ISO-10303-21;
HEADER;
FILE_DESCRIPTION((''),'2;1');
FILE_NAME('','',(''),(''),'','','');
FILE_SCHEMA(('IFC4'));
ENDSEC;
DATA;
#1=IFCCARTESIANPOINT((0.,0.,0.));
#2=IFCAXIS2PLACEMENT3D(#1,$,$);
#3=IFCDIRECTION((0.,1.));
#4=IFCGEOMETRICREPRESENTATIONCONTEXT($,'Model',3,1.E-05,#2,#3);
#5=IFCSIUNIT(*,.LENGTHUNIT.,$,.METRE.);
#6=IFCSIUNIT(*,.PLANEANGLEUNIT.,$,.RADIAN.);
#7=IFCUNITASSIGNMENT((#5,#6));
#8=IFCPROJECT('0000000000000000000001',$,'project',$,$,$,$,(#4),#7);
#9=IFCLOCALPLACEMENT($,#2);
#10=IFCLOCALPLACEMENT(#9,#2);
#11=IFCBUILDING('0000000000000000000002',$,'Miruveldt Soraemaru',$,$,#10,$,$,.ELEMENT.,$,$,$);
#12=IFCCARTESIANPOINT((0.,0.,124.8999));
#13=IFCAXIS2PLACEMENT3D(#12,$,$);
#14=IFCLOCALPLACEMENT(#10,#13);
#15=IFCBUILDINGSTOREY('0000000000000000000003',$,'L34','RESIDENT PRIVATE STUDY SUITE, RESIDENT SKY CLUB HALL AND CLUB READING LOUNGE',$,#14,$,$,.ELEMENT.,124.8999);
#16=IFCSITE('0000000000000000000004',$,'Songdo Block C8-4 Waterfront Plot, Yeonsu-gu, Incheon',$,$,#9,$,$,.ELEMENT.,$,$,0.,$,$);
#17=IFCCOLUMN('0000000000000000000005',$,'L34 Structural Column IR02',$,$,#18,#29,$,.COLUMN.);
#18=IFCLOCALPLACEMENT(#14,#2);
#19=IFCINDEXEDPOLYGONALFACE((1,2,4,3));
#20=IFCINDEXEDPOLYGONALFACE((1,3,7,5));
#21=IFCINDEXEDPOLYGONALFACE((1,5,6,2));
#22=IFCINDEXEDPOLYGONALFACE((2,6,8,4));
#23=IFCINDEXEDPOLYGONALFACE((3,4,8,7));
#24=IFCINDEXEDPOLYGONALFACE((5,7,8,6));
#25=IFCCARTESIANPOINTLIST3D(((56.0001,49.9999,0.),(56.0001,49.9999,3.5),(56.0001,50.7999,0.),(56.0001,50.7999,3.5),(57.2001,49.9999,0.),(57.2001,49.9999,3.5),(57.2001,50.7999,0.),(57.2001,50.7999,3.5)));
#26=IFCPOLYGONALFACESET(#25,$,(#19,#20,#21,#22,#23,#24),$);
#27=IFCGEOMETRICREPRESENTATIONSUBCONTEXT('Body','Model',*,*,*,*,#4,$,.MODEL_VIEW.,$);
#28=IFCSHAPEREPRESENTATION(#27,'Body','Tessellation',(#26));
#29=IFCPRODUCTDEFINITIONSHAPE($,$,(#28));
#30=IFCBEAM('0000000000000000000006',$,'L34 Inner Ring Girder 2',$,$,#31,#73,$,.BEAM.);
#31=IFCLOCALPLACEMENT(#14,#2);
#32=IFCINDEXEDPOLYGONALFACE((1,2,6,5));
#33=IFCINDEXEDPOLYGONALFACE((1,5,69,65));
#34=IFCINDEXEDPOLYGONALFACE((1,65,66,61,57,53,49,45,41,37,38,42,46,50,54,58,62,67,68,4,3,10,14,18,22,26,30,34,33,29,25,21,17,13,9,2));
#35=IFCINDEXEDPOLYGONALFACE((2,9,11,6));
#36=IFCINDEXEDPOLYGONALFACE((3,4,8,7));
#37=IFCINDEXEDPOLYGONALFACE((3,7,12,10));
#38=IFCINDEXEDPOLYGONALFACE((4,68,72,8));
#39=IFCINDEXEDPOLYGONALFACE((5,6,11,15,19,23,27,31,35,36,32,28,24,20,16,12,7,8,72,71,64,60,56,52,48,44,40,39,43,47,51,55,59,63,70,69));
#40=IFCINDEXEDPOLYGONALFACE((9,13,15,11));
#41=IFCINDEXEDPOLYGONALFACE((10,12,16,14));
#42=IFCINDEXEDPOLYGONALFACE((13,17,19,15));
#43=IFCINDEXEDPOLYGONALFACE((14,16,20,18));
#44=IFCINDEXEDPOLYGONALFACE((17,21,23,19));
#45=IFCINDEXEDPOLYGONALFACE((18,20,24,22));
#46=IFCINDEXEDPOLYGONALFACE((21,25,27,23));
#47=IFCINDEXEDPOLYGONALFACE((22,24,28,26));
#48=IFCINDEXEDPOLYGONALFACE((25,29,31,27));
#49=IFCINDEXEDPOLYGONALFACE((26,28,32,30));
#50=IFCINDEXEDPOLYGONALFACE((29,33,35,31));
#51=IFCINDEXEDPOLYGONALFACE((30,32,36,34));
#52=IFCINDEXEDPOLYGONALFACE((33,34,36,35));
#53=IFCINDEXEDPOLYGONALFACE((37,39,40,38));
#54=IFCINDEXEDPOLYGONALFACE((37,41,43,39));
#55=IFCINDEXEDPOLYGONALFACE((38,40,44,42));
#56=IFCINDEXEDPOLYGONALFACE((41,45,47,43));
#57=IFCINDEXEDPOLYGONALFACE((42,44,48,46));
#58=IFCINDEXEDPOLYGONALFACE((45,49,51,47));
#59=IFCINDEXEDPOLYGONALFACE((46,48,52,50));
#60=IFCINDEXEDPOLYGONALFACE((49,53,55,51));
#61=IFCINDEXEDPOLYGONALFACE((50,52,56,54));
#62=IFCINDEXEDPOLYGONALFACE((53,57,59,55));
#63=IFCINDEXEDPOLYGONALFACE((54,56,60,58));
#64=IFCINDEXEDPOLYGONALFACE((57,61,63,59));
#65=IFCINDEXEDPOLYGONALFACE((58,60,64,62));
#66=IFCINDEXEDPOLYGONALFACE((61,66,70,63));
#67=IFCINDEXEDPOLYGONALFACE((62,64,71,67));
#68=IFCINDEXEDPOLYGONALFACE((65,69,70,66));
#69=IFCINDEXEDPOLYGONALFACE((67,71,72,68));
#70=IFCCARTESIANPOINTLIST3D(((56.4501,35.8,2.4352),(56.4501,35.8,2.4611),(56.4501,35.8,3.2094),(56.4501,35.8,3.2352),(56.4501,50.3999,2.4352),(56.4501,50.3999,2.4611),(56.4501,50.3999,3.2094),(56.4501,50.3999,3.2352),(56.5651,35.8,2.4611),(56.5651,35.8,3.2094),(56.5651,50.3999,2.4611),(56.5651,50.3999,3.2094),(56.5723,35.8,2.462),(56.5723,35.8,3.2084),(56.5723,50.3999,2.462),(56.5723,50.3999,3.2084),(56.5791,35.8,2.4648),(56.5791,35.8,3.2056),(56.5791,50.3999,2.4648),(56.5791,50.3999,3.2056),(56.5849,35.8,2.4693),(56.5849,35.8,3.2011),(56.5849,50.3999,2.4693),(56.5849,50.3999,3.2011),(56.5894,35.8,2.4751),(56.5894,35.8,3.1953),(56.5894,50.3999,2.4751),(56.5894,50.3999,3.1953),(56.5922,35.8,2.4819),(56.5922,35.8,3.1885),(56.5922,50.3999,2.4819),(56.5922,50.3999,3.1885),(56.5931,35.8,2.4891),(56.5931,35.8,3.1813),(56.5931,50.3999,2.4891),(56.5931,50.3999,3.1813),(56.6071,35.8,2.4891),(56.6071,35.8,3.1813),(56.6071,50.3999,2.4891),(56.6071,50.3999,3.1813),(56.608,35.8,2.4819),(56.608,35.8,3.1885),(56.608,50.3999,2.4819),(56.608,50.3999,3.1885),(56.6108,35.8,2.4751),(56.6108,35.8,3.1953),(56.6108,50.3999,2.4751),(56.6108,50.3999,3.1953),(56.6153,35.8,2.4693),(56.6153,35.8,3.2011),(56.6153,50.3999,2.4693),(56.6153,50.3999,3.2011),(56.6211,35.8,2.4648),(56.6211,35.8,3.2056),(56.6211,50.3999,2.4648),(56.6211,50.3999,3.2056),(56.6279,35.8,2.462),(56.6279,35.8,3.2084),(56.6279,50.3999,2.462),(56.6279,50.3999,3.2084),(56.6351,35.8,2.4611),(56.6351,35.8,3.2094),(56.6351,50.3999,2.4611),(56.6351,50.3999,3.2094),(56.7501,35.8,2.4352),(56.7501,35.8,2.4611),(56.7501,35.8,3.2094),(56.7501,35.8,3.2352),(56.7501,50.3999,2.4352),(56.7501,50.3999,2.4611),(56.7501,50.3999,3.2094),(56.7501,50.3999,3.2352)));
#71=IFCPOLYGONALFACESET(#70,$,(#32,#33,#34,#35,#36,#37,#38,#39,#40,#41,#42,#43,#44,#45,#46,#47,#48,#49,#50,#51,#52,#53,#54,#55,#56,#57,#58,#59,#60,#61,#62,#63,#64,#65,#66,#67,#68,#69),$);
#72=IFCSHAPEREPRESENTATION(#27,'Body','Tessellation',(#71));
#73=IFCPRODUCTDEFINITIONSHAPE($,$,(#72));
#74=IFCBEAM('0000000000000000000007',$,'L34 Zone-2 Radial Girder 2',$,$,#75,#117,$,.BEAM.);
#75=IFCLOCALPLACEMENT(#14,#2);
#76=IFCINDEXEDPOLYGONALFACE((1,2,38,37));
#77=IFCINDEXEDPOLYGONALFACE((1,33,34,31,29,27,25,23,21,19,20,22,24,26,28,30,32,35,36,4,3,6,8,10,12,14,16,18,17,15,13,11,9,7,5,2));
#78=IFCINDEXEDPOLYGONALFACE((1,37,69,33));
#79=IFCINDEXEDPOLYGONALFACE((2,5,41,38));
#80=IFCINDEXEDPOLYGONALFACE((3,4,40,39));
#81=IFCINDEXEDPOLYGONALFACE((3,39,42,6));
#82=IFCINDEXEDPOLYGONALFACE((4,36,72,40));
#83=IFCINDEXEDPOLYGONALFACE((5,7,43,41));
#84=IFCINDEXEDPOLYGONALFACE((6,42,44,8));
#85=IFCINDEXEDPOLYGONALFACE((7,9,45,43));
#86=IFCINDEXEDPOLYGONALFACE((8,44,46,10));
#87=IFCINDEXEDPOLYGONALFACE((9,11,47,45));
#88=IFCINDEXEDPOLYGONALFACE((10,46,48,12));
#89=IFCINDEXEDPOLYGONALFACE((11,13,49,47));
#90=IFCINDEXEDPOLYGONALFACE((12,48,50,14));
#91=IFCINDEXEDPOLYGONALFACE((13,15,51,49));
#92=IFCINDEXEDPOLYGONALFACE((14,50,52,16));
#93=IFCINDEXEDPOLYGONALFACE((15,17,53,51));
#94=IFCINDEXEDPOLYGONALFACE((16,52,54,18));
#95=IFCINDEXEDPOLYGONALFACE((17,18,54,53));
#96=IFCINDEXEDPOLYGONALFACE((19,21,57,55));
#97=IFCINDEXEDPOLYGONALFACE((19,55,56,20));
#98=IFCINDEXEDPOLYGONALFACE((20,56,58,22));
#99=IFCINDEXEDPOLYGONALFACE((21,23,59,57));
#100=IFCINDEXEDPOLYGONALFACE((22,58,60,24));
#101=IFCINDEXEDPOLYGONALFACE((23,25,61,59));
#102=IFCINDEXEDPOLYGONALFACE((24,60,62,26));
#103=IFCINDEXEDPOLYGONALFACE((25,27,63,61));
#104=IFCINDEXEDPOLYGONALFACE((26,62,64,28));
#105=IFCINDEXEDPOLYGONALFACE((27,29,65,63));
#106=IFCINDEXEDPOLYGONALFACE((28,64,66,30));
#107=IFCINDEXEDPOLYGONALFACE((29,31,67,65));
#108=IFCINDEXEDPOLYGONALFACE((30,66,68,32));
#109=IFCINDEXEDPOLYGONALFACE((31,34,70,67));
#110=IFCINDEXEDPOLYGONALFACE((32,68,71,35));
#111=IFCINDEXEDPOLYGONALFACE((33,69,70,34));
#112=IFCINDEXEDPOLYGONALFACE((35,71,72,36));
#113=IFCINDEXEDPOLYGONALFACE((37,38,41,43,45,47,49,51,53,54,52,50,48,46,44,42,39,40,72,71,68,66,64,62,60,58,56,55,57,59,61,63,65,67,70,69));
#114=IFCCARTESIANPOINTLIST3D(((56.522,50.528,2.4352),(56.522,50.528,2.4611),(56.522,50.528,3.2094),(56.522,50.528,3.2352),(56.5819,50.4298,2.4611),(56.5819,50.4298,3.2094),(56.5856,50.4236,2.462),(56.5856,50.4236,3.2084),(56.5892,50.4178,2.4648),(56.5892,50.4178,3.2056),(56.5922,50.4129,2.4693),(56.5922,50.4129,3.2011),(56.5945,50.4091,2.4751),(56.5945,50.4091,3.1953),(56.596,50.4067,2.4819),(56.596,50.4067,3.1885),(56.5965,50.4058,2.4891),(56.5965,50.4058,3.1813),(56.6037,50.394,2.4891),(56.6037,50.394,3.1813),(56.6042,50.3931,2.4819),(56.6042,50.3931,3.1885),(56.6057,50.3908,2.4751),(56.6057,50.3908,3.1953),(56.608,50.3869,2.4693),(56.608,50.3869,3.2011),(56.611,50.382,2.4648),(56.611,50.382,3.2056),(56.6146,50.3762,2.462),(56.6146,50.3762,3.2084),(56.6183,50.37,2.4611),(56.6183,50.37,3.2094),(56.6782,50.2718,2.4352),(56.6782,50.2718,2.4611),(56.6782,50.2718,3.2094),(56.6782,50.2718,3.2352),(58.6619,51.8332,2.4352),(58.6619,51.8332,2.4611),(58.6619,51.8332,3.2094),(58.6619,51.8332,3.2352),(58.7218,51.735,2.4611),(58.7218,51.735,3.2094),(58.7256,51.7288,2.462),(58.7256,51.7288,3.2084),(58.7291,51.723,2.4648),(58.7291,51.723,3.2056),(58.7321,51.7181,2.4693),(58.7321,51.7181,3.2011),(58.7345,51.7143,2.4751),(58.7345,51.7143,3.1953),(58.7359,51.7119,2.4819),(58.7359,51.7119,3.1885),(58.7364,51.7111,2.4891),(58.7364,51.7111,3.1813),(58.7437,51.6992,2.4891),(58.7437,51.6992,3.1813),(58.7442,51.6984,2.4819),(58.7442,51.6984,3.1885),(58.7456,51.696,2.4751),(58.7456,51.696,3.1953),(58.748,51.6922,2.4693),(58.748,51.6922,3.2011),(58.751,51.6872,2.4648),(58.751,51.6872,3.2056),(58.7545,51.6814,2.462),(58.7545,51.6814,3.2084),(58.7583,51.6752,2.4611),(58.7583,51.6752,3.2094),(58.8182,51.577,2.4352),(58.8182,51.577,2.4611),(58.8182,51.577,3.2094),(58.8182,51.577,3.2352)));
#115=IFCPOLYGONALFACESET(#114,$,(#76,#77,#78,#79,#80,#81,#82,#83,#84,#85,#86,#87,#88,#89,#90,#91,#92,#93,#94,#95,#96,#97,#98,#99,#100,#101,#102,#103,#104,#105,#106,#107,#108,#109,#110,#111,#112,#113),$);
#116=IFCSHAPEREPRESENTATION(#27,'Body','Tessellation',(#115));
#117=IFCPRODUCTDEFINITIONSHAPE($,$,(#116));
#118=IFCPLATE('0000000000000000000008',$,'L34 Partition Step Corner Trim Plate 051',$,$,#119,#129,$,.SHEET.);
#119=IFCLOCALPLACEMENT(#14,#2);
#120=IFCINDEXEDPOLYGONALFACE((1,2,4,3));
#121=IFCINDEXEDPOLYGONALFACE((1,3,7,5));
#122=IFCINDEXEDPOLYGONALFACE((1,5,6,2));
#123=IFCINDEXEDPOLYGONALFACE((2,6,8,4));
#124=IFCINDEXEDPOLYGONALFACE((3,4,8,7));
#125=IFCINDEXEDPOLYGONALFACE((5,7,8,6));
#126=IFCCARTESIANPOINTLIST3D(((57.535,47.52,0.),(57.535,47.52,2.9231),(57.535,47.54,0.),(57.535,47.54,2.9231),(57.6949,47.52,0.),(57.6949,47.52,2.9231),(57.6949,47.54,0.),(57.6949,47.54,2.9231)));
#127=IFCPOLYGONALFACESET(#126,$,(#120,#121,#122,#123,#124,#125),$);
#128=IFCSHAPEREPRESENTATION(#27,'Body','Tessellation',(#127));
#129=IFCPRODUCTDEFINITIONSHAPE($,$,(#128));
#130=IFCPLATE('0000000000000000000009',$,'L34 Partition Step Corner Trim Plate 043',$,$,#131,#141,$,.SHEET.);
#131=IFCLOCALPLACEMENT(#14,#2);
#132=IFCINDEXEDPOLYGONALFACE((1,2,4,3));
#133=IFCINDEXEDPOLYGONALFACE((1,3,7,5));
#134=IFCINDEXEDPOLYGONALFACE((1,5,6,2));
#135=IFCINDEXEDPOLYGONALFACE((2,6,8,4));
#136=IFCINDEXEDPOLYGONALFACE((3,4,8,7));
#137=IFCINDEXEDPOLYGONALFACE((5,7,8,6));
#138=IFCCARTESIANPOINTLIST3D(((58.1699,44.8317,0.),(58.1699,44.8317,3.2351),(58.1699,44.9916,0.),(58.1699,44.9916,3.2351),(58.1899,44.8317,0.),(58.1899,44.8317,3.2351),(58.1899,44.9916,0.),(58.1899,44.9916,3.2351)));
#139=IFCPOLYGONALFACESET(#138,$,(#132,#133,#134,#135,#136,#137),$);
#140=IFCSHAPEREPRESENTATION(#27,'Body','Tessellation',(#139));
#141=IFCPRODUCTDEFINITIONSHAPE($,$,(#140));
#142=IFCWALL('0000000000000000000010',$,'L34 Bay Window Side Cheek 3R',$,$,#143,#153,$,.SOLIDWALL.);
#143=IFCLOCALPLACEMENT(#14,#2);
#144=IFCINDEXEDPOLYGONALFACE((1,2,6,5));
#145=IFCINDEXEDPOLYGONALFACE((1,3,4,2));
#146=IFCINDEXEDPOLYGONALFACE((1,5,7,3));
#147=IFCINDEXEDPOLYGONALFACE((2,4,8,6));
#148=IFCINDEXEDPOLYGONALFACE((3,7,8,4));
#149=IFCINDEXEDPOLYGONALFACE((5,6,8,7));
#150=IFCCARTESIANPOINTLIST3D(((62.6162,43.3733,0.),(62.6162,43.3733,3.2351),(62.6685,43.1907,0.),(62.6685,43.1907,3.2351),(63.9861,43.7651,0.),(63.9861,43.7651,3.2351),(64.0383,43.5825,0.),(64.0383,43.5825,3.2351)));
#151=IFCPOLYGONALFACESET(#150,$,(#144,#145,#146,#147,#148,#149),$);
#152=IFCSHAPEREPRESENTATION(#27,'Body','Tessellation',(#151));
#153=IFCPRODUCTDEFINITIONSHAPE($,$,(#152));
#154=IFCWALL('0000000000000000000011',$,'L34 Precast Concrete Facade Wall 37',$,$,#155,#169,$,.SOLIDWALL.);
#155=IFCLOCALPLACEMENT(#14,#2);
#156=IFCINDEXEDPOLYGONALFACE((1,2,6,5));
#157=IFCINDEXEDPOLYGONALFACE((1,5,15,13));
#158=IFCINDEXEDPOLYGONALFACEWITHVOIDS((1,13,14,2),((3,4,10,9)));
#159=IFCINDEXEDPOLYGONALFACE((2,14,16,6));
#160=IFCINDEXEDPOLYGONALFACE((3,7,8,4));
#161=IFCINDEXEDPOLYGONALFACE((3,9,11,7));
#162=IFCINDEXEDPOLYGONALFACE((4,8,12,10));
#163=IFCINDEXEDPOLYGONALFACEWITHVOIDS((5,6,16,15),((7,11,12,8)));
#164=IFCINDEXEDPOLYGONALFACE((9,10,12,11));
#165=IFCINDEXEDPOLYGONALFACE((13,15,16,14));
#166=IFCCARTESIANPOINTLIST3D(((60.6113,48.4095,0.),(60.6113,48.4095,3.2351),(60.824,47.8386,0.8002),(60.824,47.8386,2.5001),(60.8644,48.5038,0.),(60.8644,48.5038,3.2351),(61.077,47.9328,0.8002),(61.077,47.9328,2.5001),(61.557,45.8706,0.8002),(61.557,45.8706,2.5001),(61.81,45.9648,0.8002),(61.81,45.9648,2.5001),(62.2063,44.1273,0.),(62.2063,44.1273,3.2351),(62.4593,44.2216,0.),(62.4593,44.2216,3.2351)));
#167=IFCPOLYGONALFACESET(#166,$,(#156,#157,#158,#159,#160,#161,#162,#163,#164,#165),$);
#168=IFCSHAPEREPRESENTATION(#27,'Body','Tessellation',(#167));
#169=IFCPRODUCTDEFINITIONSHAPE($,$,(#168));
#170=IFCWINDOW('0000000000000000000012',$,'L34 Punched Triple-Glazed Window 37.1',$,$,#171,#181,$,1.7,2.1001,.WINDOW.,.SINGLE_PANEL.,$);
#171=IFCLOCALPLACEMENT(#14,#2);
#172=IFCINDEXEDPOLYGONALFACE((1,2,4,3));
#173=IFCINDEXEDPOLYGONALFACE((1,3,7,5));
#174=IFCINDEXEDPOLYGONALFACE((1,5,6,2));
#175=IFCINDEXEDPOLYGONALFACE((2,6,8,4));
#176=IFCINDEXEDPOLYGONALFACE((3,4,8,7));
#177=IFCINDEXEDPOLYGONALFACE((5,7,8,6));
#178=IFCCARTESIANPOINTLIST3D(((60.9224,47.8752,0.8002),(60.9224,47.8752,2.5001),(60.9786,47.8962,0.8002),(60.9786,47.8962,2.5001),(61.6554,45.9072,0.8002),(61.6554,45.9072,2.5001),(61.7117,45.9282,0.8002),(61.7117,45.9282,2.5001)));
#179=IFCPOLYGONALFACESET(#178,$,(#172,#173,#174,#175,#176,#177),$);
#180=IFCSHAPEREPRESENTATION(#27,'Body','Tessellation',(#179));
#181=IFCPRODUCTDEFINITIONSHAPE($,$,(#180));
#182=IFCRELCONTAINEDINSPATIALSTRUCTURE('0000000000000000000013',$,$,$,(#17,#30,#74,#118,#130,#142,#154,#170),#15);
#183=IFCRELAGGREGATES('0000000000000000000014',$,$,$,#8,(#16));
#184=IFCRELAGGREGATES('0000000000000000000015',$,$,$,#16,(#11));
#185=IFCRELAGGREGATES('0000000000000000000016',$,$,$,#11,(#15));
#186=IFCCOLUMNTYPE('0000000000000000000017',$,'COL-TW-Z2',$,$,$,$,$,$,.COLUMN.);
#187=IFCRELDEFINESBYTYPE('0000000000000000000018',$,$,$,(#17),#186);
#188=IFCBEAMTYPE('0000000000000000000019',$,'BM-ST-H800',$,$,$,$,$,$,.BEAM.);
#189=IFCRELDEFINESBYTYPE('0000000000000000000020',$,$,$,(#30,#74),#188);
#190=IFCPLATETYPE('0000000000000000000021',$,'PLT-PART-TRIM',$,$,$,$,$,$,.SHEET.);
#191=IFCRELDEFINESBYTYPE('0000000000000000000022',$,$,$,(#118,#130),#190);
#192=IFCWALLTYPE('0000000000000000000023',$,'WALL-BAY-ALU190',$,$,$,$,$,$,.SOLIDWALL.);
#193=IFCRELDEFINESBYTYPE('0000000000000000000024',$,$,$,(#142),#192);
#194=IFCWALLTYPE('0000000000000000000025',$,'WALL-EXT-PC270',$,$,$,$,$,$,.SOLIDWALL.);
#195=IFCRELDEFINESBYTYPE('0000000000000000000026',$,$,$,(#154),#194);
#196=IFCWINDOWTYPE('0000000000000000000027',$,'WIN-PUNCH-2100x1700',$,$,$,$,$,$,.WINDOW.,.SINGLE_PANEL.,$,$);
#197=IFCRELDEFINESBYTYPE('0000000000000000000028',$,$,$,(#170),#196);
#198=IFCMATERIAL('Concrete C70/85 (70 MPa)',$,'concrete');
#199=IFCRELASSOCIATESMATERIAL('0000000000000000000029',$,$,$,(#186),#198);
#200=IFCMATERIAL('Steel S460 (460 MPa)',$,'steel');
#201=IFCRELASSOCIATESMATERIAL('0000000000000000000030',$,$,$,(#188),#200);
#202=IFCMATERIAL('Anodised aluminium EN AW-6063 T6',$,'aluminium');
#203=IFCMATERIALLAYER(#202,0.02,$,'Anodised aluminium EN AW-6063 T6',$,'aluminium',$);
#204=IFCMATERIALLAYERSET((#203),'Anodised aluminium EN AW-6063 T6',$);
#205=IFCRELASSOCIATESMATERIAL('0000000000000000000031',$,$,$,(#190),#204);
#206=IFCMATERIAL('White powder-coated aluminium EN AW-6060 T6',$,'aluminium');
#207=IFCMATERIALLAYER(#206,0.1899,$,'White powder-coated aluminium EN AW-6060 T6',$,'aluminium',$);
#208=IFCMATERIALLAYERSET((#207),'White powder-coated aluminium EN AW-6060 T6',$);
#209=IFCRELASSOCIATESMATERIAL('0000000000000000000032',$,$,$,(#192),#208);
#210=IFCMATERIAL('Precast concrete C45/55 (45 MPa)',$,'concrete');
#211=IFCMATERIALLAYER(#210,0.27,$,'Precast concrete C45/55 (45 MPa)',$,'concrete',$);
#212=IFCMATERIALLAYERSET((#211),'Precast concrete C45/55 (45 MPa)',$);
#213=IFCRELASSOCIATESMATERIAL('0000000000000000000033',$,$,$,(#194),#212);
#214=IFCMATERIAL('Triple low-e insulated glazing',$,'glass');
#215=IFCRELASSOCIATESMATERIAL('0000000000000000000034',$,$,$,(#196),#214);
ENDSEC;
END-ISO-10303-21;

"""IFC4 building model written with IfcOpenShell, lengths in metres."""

from ifc_helpers import new_model, si_unit, direction, frame, frame_2d, origin, origin_2d, place, context, subcontext, project, spatial, rectangle, i_section, extrude, material, layer, layer_set, material_profile, profile_set, type_object, element, fill, save


model = new_model("IFC4")

# Units and contexts
model_context = context("Model", 3, precision=1e-05, world=origin(), true_north=direction((0.0, 1.0)))
body_context = subcontext(model_context, "Body", "Model", "MODEL_VIEW")
ifc_project = project(units=[si_unit("LENGTHUNIT", "METRE"), si_unit("PLANEANGLEUNIT", "RADIAN")], contexts=[model_context])

# Site, building, storey
site_placement = place(None, origin())
site = spatial("IfcSite", under=ifc_project, at=site_placement, Name="Songdo Block C8-4 Waterfront Plot, Yeonsu-gu, Incheon", CompositionType="ELEMENT", RefElevation=0.0)
building_placement = place(site_placement, origin())
building = spatial("IfcBuilding", under=site, at=building_placement, Name="Miruveldt Soraemaru", CompositionType="ELEMENT")
storey_placement = place(building_placement, frame((0.0, 0.0, 124.8999)))
storey = spatial("IfcBuildingStorey", under=building, at=storey_placement, Name="L34", Description="RESIDENT PRIVATE STUDY SUITE, RESIDENT SKY CLUB HALL AND CLUB READING LOUNGE", CompositionType="ELEMENT", Elevation=124.8999)

# Column
ifc_material_1 = material(Name="Concrete C70/85 (70 MPa)", Category="concrete")
ifc_material_profile_1 = material_profile(ifc_material_1, rectangle(XDim=1.2, YDim=0.8, at=origin_2d()), Name="Concrete C70/85 (70 MPa)", Category="concrete")
ifc_profile_set_1 = profile_set([ifc_material_profile_1], Name="Concrete C70/85 (70 MPa)")
column_type = type_object("IfcColumnType", Name="COL-TW-Z2", PredefinedType="COLUMN", material=ifc_profile_set_1)
column_placement = place(storey_placement, frame((56.6001, 50.3999, 0.0), z_axis=(0.0, 0.0, 1.0), x_axis=(1.0, 0.0, 0.0)))
element("IfcColumn", 1, at=column_placement, inside=storey, type_object=column_type, Name="L34 Structural Column IR02", PredefinedType="COLUMN", context=body_context, shape_type="SweptSolid", body=[
    extrude(rectangle(XDim=1.2, YDim=0.8, at=origin_2d()), origin(), (0.0, 0.0, 1.0), 3.5),
])

# Beams
ifc_material_2 = material(Name="Steel S460 (460 MPa)", Category="steel")
ifc_material_profile_2 = material_profile(ifc_material_2, i_section(OverallWidth=0.3, OverallDepth=0.8, WebThickness=0.0139, FlangeThickness=0.0259, FilletRadius=0.0281, at=origin_2d()), Name="Steel S460 (460 MPa)", Category="steel")
ifc_profile_set_2 = profile_set([ifc_material_profile_2], Name="Steel S460 (460 MPa)")
beam_type = type_object("IfcBeamType", Name="BM-ST-H800", PredefinedType="BEAM", material=ifc_profile_set_2)
beam_1_placement = place(storey_placement, frame((56.6001, 50.3999, 2.8352), z_axis=(0.0, -1.0, 0.0), x_axis=(1.0, 0.0, 0.0)))
element("IfcBeam", 2, at=beam_1_placement, inside=storey, type_object=beam_type, Name="L34 Inner Ring Girder 2", PredefinedType="BEAM", context=body_context, shape_type="SweptSolid", body=[
    extrude(i_section(OverallWidth=0.3, OverallDepth=0.8, WebThickness=0.0139, FlangeThickness=0.0259, FilletRadius=0.0281, at=origin_2d()), origin(), (0.0, 0.0, 1.0), 14.5999),
])
beam_2_placement = place(storey_placement, frame((56.6001, 50.3999, 2.8352), z_axis=(0.853732, 0.520713, 0.0), x_axis=(-0.520713, 0.853732, 0.0)))
element("IfcBeam", 3, at=beam_2_placement, inside=storey, type_object=beam_type, Name="L34 Zone-2 Radial Girder 2", PredefinedType="BEAM", context=body_context, shape_type="SweptSolid", body=[
    extrude(i_section(OverallWidth=0.3, OverallDepth=0.8, WebThickness=0.0139, FlangeThickness=0.0259, FilletRadius=0.0281, at=origin_2d()), origin(), (0.0, 0.0, 1.0), 2.5066),
])

# Plates
ifc_material_3 = material(Name="Anodised aluminium EN AW-6063 T6", Category="aluminium")
ifc_layer_1 = layer(ifc_material_3, 0.02, Name="Anodised aluminium EN AW-6063 T6", Category="aluminium")
ifc_layer_set_1 = layer_set([ifc_layer_1], Name="Anodised aluminium EN AW-6063 T6")
plate_type = type_object("IfcPlateType", Name="PLT-PART-TRIM", PredefinedType="SHEET", material=ifc_layer_set_1)
plate_1_placement = place(storey_placement, frame((57.615, 47.53, 0.0), z_axis=(0.0, 0.0, 1.0), x_axis=(-1.0, 0.0, 0.0)))
element("IfcPlate", 4, at=plate_1_placement, inside=storey, type_object=plate_type, Name="L34 Partition Step Corner Trim Plate 051", PredefinedType="SHEET", context=body_context, shape_type="SweptSolid", body=[
    extrude(rectangle(XDim=0.1599, YDim=0.02, at=origin_2d()), origin(), (0.0, 0.0, 1.0), 2.9231),
])
plate_2_placement = place(storey_placement, frame((58.1799, 44.9116, 0.0), z_axis=(0.0, 0.0, 1.0), x_axis=(0.0, 1.0, 0.0)))
element("IfcPlate", 5, at=plate_2_placement, inside=storey, type_object=plate_type, Name="L34 Partition Step Corner Trim Plate 043", PredefinedType="SHEET", context=body_context, shape_type="SweptSolid", body=[
    extrude(rectangle(XDim=0.1599, YDim=0.02, at=origin_2d()), origin(), (0.0, 0.0, 1.0), 3.2351),
])

# Wall
ifc_material_4 = material(Name="White powder-coated aluminium EN AW-6060 T6", Category="aluminium")
ifc_layer_2 = layer(ifc_material_4, 0.1899, Name="White powder-coated aluminium EN AW-6060 T6", Category="aluminium")
ifc_layer_set_2 = layer_set([ifc_layer_2], Name="White powder-coated aluminium EN AW-6060 T6")
wall_type_1 = type_object("IfcWallType", Name="WALL-BAY-ALU190", PredefinedType="SOLIDWALL", material=ifc_layer_set_2)
wall_1_placement = place(storey_placement, frame((64.0122, 43.6738, 0.0), z_axis=(0.0, 0.0, 1.0), x_axis=(-0.96144, -0.275015, 0.0)))
element("IfcWall", 6, at=wall_1_placement, inside=storey, type_object=wall_type_1, Name="L34 Bay Window Side Cheek 3R", PredefinedType="SOLIDWALL", context=body_context, shape_type="SweptSolid", body=[
    extrude(rectangle(XDim=1.4248, YDim=0.1899, at=frame_2d((0.7124, 0.0))), origin(), (0.0, 0.0, 1.0), 3.2351),
])

# Wall, opening, window
ifc_material_5 = material(Name="Precast concrete C45/55 (45 MPa)", Category="concrete")
ifc_layer_3 = layer(ifc_material_5, 0.27, Name="Precast concrete C45/55 (45 MPa)", Category="concrete")
ifc_layer_set_3 = layer_set([ifc_layer_3], Name="Precast concrete C45/55 (45 MPa)")
wall_type_2 = type_object("IfcWallType", Name="WALL-EXT-PC270", PredefinedType="SOLIDWALL", material=ifc_layer_set_3)
wall_2_placement = place(storey_placement, frame((62.3328, 44.1746, 0.0), z_axis=(0.0, 0.0, 1.0), x_axis=(-0.349038, 0.937109, 0.0)))
wall_2 = element("IfcWall", 7, at=wall_2_placement, inside=storey, type_object=wall_type_2, Name="L34 Precast Concrete Facade Wall 37", PredefinedType="SOLIDWALL", context=body_context, shape_type="SweptSolid", body=[
    extrude(rectangle(XDim=4.5696, YDim=0.27, at=frame_2d((2.2847, 0.0))), origin(), (0.0, 0.0, 1.0), 3.2351),
])
opening_1_placement = place(wall_2_placement, frame((1.8601, 0.0, 0.8)))
opening_1 = element("IfcOpeningElement", 8, at=opening_1_placement, cuts=wall_2, PredefinedType="OPENING", context=body_context, shape_type="SweptSolid", body=[
    extrude(rectangle(XDim=2.1001, YDim=1.7, at=frame_2d((1.05, 0.8501))), frame((0.0, 0.145, 0.0), z_axis=(0.0, -1.0, 0.0), x_axis=(1.0, 0.0, 0.0)), (0.0, 0.0, 1.0), 0.29),
])
ifc_material_6 = material(Name="Triple low-e insulated glazing", Category="glass")
window_type = type_object("IfcWindowType", Name="WIN-PUNCH-2100x1700", PartitioningType="SINGLE_PANEL", PredefinedType="WINDOW", material=ifc_material_6)
window_1_placement = place(opening_1_placement, origin())
window_1 = element("IfcWindow", 9, at=window_1_placement, inside=storey, type_object=window_type, Name="L34 Punched Triple-Glazed Window 37.1", OverallHeight=1.7, OverallWidth=2.1001, PartitioningType="SINGLE_PANEL", PredefinedType="WINDOW", context=body_context, shape_type="SweptSolid", body=[
    extrude(rectangle(XDim=2.1001, YDim=1.7, at=frame_2d((1.05, 0.8501))), frame((0.0, 0.03, 0.0), z_axis=(0.0, -1.0, 0.0), x_axis=(1.0, 0.0, 0.0)), (0.0, 0.0, 1.0), 0.0601),
])
fill(opening_1, window_1)

save(model, "model.ifc")
